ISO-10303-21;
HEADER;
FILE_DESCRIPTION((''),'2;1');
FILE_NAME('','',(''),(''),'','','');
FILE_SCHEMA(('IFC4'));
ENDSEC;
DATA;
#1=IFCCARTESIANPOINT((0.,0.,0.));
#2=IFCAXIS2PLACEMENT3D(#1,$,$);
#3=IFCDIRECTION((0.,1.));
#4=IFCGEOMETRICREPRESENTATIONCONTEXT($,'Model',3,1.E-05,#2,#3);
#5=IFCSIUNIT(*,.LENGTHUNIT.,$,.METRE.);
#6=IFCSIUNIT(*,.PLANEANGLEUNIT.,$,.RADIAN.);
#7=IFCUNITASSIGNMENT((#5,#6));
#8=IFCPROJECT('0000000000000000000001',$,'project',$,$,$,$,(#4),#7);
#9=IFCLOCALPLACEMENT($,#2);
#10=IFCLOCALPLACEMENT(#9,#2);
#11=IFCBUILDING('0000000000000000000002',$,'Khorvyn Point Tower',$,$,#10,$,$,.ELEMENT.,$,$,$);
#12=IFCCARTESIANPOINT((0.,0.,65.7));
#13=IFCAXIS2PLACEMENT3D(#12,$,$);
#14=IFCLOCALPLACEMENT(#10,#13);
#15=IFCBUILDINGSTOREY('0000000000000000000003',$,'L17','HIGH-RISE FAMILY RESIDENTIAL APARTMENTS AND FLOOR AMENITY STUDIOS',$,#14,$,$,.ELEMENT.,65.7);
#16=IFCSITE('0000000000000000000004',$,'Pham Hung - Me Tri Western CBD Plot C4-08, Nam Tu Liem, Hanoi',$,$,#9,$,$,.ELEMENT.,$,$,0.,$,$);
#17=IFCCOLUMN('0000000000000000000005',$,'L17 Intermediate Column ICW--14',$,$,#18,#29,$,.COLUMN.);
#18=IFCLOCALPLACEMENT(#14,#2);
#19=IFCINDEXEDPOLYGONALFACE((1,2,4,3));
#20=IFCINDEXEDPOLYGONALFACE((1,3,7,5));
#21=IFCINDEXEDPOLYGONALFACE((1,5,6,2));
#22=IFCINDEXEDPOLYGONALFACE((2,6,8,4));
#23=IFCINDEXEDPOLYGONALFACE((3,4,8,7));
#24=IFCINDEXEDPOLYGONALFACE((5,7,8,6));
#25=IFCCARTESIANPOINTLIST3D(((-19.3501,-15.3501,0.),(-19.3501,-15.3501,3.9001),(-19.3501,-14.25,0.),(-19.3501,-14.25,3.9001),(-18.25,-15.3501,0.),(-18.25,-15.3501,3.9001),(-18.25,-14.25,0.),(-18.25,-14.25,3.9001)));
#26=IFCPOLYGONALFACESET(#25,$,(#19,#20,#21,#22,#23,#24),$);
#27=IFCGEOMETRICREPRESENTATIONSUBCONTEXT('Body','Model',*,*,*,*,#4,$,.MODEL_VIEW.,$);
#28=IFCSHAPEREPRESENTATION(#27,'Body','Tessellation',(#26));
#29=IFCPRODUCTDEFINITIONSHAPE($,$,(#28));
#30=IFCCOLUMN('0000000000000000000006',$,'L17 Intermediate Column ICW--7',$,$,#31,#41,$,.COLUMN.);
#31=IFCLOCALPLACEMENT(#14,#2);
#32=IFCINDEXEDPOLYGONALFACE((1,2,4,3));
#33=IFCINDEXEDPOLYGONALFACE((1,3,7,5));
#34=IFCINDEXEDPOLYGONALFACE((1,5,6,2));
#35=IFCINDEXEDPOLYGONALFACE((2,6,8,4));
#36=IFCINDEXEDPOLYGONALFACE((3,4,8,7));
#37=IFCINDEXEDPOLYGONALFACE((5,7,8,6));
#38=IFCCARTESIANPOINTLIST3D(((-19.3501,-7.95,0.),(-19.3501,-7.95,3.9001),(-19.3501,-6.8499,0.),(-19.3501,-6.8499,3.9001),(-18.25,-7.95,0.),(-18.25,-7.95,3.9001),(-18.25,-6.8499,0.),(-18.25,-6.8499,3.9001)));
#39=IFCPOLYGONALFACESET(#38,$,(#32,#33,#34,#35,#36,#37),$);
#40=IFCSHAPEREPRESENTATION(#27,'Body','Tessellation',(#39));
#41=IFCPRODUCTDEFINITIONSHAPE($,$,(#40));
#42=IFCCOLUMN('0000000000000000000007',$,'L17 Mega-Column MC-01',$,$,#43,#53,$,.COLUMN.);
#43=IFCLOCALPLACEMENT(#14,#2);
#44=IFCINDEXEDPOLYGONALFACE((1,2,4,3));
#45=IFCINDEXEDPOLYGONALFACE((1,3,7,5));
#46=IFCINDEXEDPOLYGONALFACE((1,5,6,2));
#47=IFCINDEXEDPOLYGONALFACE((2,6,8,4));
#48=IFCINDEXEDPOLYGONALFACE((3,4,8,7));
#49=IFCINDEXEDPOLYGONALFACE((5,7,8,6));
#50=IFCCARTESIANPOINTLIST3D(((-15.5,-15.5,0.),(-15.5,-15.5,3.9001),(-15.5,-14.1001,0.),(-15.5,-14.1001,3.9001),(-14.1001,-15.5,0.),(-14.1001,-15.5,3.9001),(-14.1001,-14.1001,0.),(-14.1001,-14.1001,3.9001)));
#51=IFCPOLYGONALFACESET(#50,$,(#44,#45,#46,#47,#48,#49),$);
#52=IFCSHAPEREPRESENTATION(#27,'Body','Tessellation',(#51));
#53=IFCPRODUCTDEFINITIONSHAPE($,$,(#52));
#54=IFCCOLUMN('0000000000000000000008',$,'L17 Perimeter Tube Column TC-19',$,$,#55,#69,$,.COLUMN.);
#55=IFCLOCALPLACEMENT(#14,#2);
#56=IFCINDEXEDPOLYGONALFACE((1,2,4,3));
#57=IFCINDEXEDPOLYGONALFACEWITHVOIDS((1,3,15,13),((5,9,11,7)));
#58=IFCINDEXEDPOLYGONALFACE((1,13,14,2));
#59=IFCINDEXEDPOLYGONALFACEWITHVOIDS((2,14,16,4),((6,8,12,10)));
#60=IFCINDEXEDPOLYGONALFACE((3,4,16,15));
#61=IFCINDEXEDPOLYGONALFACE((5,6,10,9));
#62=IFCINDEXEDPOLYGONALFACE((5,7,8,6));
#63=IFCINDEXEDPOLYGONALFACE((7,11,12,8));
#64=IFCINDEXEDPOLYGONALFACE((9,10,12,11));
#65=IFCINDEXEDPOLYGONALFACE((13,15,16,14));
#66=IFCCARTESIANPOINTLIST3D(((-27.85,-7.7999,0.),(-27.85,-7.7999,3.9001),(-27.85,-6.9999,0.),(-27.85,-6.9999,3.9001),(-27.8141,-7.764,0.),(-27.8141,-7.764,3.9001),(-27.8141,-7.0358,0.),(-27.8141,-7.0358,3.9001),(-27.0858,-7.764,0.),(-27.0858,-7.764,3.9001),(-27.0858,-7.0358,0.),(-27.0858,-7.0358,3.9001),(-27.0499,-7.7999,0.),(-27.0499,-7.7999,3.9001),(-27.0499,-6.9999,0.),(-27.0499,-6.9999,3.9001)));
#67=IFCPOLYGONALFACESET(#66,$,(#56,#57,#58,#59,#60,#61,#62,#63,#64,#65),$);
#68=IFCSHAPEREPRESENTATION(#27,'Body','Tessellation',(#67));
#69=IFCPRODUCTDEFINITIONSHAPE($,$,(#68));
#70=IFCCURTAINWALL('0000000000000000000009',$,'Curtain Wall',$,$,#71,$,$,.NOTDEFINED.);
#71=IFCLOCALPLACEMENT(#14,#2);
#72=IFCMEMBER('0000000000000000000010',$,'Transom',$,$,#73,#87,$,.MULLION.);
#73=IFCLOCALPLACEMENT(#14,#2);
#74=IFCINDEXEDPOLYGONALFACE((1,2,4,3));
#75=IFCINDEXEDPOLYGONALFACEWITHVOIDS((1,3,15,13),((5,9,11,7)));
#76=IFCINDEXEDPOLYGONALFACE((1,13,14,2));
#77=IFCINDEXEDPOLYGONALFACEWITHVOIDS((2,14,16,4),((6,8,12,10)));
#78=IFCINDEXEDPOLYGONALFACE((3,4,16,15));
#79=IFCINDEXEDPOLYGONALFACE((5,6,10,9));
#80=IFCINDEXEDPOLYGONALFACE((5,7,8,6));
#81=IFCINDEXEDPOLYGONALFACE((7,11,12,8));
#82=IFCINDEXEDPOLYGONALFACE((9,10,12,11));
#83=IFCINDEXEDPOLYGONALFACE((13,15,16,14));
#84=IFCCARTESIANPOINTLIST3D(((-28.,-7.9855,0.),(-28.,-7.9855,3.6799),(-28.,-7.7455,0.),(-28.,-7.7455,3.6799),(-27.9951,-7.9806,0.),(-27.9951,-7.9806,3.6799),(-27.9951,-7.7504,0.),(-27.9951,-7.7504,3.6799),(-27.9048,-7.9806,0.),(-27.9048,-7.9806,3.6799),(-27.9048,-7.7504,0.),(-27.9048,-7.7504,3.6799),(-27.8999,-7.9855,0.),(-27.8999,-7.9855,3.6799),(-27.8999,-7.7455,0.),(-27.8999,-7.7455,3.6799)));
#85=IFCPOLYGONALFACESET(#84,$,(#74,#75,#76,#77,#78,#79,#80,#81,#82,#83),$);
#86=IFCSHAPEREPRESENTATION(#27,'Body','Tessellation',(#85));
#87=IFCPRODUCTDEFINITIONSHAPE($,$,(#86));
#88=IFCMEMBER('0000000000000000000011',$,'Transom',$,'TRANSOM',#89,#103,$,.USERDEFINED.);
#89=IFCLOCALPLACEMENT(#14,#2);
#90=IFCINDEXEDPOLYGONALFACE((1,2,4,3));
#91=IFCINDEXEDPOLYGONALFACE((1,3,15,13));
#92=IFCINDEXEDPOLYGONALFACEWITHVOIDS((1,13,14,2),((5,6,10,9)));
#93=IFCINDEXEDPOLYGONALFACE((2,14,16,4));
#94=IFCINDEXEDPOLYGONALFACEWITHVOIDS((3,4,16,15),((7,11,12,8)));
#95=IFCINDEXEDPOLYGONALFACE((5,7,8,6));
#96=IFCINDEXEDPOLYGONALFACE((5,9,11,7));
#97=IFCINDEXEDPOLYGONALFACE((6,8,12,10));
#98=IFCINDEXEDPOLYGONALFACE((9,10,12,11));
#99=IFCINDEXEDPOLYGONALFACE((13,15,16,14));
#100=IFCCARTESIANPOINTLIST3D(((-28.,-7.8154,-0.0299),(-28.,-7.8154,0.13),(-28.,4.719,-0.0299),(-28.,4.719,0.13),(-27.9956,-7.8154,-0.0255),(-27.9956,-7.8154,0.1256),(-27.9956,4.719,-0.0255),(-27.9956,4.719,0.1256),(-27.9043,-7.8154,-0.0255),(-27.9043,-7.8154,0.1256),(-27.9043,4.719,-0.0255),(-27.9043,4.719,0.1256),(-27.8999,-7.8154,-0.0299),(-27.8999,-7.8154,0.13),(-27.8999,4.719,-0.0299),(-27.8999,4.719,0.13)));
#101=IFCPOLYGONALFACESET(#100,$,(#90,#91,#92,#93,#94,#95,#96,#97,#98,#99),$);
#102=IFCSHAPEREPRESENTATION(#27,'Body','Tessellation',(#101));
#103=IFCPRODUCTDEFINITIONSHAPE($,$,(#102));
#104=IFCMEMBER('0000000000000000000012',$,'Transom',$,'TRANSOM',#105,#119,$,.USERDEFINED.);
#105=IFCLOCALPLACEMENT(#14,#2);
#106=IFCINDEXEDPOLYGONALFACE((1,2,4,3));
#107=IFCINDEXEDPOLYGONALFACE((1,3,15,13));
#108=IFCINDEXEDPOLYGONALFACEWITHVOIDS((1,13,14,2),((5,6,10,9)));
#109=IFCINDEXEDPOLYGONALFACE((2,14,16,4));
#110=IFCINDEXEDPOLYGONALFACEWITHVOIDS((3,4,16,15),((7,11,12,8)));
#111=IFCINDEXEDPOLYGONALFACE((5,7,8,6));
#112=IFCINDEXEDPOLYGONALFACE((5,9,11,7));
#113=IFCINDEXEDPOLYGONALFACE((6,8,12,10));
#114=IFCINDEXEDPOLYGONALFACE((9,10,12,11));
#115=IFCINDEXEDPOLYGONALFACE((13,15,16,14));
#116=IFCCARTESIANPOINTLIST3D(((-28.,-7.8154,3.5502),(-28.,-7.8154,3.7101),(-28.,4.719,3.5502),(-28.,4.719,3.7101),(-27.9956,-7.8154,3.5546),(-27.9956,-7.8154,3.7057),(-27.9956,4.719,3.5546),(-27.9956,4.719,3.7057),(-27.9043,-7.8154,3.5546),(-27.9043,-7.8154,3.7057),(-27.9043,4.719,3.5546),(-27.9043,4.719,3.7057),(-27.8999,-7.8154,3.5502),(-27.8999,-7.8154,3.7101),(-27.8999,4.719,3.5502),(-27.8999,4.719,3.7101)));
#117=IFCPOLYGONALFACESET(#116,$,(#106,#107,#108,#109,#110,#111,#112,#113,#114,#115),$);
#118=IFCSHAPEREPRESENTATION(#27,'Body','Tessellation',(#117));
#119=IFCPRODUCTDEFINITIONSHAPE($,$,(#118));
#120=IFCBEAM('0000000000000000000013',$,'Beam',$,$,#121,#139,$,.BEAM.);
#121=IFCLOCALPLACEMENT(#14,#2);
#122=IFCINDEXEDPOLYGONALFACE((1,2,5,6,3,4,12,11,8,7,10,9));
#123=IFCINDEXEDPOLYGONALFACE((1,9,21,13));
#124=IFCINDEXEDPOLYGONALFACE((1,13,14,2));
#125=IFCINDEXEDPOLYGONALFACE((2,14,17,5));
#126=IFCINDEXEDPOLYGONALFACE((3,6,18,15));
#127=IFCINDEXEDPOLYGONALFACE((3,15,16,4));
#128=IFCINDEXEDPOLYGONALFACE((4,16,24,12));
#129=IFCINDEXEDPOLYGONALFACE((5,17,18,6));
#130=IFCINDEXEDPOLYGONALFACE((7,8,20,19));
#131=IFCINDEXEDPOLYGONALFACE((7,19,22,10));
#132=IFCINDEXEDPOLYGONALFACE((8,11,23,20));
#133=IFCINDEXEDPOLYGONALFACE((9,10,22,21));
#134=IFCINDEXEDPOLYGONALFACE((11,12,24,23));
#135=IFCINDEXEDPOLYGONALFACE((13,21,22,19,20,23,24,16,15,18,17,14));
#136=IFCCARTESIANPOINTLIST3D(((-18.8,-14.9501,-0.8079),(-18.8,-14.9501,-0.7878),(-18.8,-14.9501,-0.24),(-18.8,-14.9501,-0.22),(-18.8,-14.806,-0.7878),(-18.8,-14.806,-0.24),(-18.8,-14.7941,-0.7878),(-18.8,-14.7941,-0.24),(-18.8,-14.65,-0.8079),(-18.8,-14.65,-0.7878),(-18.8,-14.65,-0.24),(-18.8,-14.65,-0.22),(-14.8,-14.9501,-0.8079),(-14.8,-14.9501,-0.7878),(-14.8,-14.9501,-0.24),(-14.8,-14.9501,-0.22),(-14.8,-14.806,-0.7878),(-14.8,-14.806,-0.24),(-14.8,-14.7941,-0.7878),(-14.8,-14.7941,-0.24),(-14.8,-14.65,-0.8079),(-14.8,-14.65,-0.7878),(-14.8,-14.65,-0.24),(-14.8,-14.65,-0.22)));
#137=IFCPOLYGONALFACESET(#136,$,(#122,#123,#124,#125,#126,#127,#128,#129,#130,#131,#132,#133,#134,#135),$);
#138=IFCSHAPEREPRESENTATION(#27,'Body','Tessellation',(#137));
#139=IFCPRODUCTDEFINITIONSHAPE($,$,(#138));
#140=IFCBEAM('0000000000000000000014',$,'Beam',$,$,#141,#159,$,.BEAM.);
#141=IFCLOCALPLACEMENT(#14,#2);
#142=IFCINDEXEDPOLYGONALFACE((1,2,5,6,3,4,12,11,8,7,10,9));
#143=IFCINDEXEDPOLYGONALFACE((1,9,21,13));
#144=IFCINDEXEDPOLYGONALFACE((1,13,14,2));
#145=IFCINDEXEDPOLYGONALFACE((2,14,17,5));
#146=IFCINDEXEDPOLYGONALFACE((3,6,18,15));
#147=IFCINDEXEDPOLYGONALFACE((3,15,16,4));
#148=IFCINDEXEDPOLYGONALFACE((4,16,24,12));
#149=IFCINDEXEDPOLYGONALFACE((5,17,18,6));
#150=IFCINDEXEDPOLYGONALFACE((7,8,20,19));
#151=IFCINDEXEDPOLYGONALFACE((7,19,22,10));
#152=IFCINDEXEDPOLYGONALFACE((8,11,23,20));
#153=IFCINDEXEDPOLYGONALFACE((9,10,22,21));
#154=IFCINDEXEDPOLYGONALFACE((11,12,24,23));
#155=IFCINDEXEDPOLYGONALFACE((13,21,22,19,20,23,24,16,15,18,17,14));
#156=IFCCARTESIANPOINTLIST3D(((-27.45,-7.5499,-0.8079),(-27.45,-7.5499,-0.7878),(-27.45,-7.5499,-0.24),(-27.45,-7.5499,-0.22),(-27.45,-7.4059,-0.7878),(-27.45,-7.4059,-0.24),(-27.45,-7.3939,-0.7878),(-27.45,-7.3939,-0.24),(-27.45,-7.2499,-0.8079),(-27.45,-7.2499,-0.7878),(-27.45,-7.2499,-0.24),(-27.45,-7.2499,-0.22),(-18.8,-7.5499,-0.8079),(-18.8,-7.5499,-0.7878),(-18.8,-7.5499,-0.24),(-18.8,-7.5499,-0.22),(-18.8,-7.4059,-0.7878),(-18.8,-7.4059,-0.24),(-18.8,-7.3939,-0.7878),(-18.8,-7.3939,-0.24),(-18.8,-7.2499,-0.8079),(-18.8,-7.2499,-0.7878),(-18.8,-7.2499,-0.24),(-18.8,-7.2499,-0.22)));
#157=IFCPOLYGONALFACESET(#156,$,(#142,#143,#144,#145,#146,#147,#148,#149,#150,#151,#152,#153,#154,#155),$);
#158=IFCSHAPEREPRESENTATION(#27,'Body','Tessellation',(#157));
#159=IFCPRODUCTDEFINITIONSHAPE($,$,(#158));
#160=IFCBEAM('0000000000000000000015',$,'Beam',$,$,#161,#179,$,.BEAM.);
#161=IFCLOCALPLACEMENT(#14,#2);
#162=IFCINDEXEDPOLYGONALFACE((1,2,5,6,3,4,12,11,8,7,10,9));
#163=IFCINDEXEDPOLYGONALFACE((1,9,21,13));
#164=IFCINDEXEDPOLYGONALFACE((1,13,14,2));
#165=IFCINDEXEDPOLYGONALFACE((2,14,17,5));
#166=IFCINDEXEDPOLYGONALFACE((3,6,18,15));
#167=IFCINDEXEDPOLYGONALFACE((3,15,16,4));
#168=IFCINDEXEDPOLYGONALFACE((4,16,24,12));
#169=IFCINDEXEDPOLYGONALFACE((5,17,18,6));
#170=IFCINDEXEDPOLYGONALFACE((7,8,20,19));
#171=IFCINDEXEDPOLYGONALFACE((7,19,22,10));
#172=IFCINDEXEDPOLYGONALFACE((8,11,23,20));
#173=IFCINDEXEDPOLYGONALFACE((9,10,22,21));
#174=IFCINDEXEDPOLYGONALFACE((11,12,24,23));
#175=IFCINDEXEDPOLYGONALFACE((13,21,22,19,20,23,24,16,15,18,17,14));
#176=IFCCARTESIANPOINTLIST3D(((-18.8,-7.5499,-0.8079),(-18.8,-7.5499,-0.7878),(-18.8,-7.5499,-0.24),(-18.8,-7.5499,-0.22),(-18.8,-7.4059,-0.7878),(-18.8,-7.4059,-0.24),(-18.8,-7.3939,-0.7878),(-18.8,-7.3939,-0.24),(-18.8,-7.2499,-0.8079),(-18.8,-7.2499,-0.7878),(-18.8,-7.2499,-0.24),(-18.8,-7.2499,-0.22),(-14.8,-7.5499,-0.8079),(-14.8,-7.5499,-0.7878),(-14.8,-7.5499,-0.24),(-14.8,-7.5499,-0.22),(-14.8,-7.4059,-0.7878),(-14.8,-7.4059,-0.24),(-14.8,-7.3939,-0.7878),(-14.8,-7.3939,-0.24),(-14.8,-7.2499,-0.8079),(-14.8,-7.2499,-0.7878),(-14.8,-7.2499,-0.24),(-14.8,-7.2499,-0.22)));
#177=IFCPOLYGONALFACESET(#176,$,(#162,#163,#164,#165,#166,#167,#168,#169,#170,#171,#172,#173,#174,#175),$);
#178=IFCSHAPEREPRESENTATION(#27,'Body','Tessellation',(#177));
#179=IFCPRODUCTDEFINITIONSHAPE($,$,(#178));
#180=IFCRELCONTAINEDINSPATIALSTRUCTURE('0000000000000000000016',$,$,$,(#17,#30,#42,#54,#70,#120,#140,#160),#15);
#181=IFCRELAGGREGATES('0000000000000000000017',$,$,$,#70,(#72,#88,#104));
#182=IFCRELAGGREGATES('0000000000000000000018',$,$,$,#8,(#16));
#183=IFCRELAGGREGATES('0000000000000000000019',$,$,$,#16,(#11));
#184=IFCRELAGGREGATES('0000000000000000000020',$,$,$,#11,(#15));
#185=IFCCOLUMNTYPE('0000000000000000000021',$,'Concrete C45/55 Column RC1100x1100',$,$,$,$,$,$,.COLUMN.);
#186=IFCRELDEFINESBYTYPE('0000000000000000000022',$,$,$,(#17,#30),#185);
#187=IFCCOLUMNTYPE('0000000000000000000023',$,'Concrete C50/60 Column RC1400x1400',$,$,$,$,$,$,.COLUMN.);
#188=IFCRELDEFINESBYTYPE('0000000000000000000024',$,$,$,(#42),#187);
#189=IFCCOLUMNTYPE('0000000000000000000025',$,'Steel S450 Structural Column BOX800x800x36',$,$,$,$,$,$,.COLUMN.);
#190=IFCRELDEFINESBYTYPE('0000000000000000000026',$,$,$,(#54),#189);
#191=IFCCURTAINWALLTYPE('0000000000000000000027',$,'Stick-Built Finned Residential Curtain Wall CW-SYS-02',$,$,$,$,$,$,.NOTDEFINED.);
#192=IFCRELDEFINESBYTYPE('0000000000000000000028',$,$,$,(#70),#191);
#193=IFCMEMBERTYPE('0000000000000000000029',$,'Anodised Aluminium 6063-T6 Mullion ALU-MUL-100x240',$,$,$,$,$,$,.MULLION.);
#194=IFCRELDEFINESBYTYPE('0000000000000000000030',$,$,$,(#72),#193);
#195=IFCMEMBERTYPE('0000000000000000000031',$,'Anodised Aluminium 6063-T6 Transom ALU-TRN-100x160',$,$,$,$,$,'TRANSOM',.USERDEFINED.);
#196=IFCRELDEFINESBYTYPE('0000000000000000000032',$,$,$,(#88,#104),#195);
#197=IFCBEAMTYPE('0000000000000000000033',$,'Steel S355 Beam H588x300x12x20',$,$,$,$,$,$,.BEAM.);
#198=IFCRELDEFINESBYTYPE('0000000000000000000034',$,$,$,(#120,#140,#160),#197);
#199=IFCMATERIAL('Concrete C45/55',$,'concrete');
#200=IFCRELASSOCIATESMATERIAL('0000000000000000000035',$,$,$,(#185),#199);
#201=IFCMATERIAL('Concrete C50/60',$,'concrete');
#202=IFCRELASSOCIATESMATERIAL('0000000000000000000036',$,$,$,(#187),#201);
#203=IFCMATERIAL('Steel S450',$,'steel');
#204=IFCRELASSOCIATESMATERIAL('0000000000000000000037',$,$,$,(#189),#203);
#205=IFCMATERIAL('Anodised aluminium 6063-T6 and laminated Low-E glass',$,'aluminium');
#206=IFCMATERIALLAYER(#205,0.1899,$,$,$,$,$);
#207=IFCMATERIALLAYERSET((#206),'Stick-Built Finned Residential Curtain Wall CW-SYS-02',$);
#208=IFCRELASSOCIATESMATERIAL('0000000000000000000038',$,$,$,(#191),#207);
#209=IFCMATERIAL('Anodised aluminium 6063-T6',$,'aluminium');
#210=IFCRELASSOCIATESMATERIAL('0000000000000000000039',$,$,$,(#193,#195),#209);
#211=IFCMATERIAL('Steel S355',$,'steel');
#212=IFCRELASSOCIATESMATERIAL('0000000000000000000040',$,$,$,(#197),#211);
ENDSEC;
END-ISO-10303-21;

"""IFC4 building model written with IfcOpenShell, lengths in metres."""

from ifc_helpers import new_model, si_unit, direction, frame, origin, origin_2d, place, context, subcontext, project, spatial, rectangle, hollow_rectangle, i_section, extrude, material, layer, layer_set, material_profile, profile_set, type_object, element, aggregate, save


model = new_model("IFC4")

# Units and contexts
model_context = context("Model", 3, precision=1e-05, world=origin(), true_north=direction((0.0, 1.0)))
body_context = subcontext(model_context, "Body", "Model", "MODEL_VIEW")
ifc_project = project(units=[si_unit("LENGTHUNIT", "METRE"), si_unit("PLANEANGLEUNIT", "RADIAN")], contexts=[model_context])

# Site, building, storey
site_placement = place(None, origin())
site = spatial("IfcSite", under=ifc_project, at=site_placement, Name="Pham Hung - Me Tri Western CBD Plot C4-08, Nam Tu Liem, Hanoi", CompositionType="ELEMENT", RefElevation=0.0)
building_placement = place(site_placement, origin())
building = spatial("IfcBuilding", under=site, at=building_placement, Name="Khorvyn Point Tower", CompositionType="ELEMENT")
storey_placement = place(building_placement, frame((0.0, 0.0, 65.7)))
storey = spatial("IfcBuildingStorey", under=building, at=storey_placement, Name="L17", Description="HIGH-RISE FAMILY RESIDENTIAL APARTMENTS AND FLOOR AMENITY STUDIOS", CompositionType="ELEMENT", Elevation=65.7)

# Columns
ifc_material_1 = material(Name="Concrete C45/55", Category="concrete")
ifc_material_profile_1 = material_profile(ifc_material_1, rectangle(XDim=1.1001, YDim=1.1001, at=origin_2d()))
ifc_profile_set_1 = profile_set([ifc_material_profile_1], Name="Concrete C45/55 RC1100x1100")
column_type_1 = type_object("IfcColumnType", Name="Concrete C45/55 Column RC1100x1100", PredefinedType="COLUMN", material=ifc_profile_set_1)
for number, where, z_axis, x_axis, name in (
    (1, (-18.8, -14.8, 0.0), (0.0, 0.0, 1.0), (1.0, 0.0, 0.0), "L17 Intermediate Column ICW--14"),
    (2, (-18.8, -7.3999, 0.0), (0.0, 0.0, 1.0), (1.0, 0.0, 0.0), "L17 Intermediate Column ICW--7"),
):
    element("IfcColumn", number, at=place(storey_placement, frame(where, z_axis=z_axis, x_axis=x_axis)), inside=storey, type_object=column_type_1, Name=name, PredefinedType="COLUMN", context=body_context, shape_type="SweptSolid", body=[
        extrude(rectangle(XDim=1.1001, YDim=1.1001, at=origin_2d()), origin(), (0.0, 0.0, 1.0), 3.9001),
    ])
ifc_material_2 = material(Name="Concrete C50/60", Category="concrete")
ifc_material_profile_2 = material_profile(ifc_material_2, rectangle(XDim=1.3999, YDim=1.3999, at=origin_2d()))
ifc_profile_set_2 = profile_set([ifc_material_profile_2], Name="Concrete C50/60 RC1400x1400")
column_type_2 = type_object("IfcColumnType", Name="Concrete C50/60 Column RC1400x1400", PredefinedType="COLUMN", material=ifc_profile_set_2)
column_1_placement = place(storey_placement, frame((-14.8, -14.8, 0.0), z_axis=(0.0, 0.0, 1.0), x_axis=(1.0, 0.0, 0.0)))
element("IfcColumn", 3, at=column_1_placement, inside=storey, type_object=column_type_2, Name="L17 Mega-Column MC-01", PredefinedType="COLUMN", context=body_context, shape_type="SweptSolid", body=[
    extrude(rectangle(XDim=1.3999, YDim=1.3999, at=origin_2d()), origin(), (0.0, 0.0, 1.0), 3.9001),
])
ifc_material_3 = material(Name="Steel S450", Category="steel")
ifc_material_profile_3 = material_profile(ifc_material_3, hollow_rectangle(XDim=0.8, YDim=0.8, WallThickness=0.0359, at=origin_2d()))
ifc_profile_set_3 = profile_set([ifc_material_profile_3], Name="Steel S450 BOX800x800x36")
column_type_3 = type_object("IfcColumnType", Name="Steel S450 Structural Column BOX800x800x36", PredefinedType="COLUMN", material=ifc_profile_set_3)
column_2_placement = place(storey_placement, frame((-27.45, -7.3999, 0.0), z_axis=(0.0, 0.0, 1.0), x_axis=(1.0, 0.0, 0.0)))
element("IfcColumn", 4, at=column_2_placement, inside=storey, type_object=column_type_3, Name="L17 Perimeter Tube Column TC-19", PredefinedType="COLUMN", context=body_context, shape_type="SweptSolid", body=[
    extrude(hollow_rectangle(XDim=0.8, YDim=0.8, WallThickness=0.0359, at=origin_2d()), origin(), (0.0, 0.0, 1.0), 3.9001),
])

# Curtain wall, members
ifc_material_4 = material(Name="Anodised aluminium 6063-T6 and laminated Low-E glass", Category="aluminium")
ifc_layer_1 = layer(ifc_material_4, 0.1899)
ifc_layer_set_1 = layer_set([ifc_layer_1], Name="Stick-Built Finned Residential Curtain Wall CW-SYS-02")
curtain_wall_type = type_object("IfcCurtainWallType", Name="Stick-Built Finned Residential Curtain Wall CW-SYS-02", PredefinedType="NOTDEFINED", material=ifc_layer_set_1)
curtain_wall_placement = place(storey_placement, origin())
curtain_wall = element("IfcCurtainWall", 5, at=curtain_wall_placement, inside=storey, type_object=curtain_wall_type, Name="Curtain Wall", PredefinedType="NOTDEFINED")
ifc_material_5 = material(Name="Anodised aluminium 6063-T6", Category="aluminium")
ifc_material_profile_4 = material_profile(ifc_material_5, hollow_rectangle(XDim=0.1001, YDim=0.24, WallThickness=0.0049, at=origin_2d()))
ifc_profile_set_4 = profile_set([ifc_material_profile_4], Name="Anodised aluminium 6063-T6 ALU-MUL-100x240")
member_type_1 = type_object("IfcMemberType", Name="Anodised Aluminium 6063-T6 Mullion ALU-MUL-100x240", PredefinedType="MULLION", material=ifc_profile_set_4)
member_1_placement = place(storey_placement, frame((-27.95, -7.8655, 0.0), z_axis=(0.0, 0.0, 1.0), x_axis=(-1.0, 0.0, 0.0)))
member_1 = element("IfcMember", 6, at=member_1_placement, type_object=member_type_1, Name="Transom", PredefinedType="MULLION", context=body_context, shape_type="SweptSolid", body=[
    extrude(hollow_rectangle(XDim=0.1001, YDim=0.24, WallThickness=0.0049, at=origin_2d()), origin(), (0.0, 0.0, 1.0), 3.6799),
])
ifc_material_profile_5 = material_profile(ifc_material_5, hollow_rectangle(XDim=0.1001, YDim=0.1599, WallThickness=0.0044, at=origin_2d()))
ifc_profile_set_5 = profile_set([ifc_material_profile_5], Name="Anodised aluminium 6063-T6 ALU-TRN-100x160")
member_type_2 = type_object("IfcMemberType", Name="Anodised Aluminium 6063-T6 Transom ALU-TRN-100x160", ElementType="TRANSOM", PredefinedType="USERDEFINED", material=ifc_profile_set_5)
member_2_placement = place(storey_placement, frame((-27.95, -7.8154, 0.05), z_axis=(0.0, 1.0, 0.0), x_axis=(-1.0, 0.0, 0.0)))
member_2 = element("IfcMember", 7, at=member_2_placement, type_object=member_type_2, Name="Transom", ObjectType="TRANSOM", PredefinedType="USERDEFINED", context=body_context, shape_type="SweptSolid", body=[
    extrude(hollow_rectangle(XDim=0.1001, YDim=0.1599, WallThickness=0.0044, at=origin_2d()), origin(), (0.0, 0.0, 1.0), 12.5344),
])
member_3_placement = place(storey_placement, frame((-27.95, -7.8154, 3.6301), z_axis=(0.0, 1.0, 0.0), x_axis=(-1.0, 0.0, 0.0)))
member_3 = element("IfcMember", 8, at=member_3_placement, type_object=member_type_2, Name="Transom", ObjectType="TRANSOM", PredefinedType="USERDEFINED", context=body_context, shape_type="SweptSolid", body=[
    extrude(hollow_rectangle(XDim=0.1001, YDim=0.1599, WallThickness=0.0044, at=origin_2d()), origin(), (0.0, 0.0, 1.0), 12.5344),
])

# Beams
ifc_material_6 = material(Name="Steel S355", Category="steel")
ifc_material_profile_6 = material_profile(ifc_material_6, i_section(OverallWidth=0.3, OverallDepth=0.5879, WebThickness=0.012, FlangeThickness=0.02, at=origin_2d()))
ifc_profile_set_6 = profile_set([ifc_material_profile_6], Name="Steel S355 H588x300x12x20")
beam_type_1 = type_object("IfcBeamType", Name="Steel S355 Beam H588x300x12x20", PredefinedType="BEAM", material=ifc_profile_set_6)
beam_1_placement = place(storey_placement, frame((-18.8, -14.8, -0.5139), z_axis=(1.0, 0.0, 0.0), x_axis=(0.0, 1.0, 0.0)))
element("IfcBeam", 9, at=beam_1_placement, inside=storey, type_object=beam_type_1, Name="Beam", PredefinedType="BEAM", context=body_context, shape_type="SweptSolid", body=[
    extrude(i_section(OverallWidth=0.3, OverallDepth=0.5879, WebThickness=0.012, FlangeThickness=0.02, at=origin_2d()), origin(), (0.0, 0.0, 1.0), 4.0),
])
beam_2_placement = place(storey_placement, frame((-27.45, -7.3999, -0.5139), z_axis=(1.0, 0.0, 0.0), x_axis=(0.0, 1.0, 0.0)))
element("IfcBeam", 10, at=beam_2_placement, inside=storey, type_object=beam_type_1, Name="Beam", PredefinedType="BEAM", context=body_context, shape_type="SweptSolid", body=[
    extrude(i_section(OverallWidth=0.3, OverallDepth=0.5879, WebThickness=0.012, FlangeThickness=0.02, at=origin_2d()), origin(), (0.0, 0.0, 1.0), 8.6499),
])
beam_3_placement = place(storey_placement, frame((-18.8, -7.3999, -0.5139), z_axis=(1.0, 0.0, 0.0), x_axis=(0.0, 1.0, 0.0)))
element("IfcBeam", 11, at=beam_3_placement, inside=storey, type_object=beam_type_1, Name="Beam", PredefinedType="BEAM", context=body_context, shape_type="SweptSolid", body=[
    extrude(i_section(OverallWidth=0.3, OverallDepth=0.5879, WebThickness=0.012, FlangeThickness=0.02, at=origin_2d()), origin(), (0.0, 0.0, 1.0), 4.0),
])

aggregate(curtain_wall, [member_1, member_2, member_3])

save(model, "model.ifc")
